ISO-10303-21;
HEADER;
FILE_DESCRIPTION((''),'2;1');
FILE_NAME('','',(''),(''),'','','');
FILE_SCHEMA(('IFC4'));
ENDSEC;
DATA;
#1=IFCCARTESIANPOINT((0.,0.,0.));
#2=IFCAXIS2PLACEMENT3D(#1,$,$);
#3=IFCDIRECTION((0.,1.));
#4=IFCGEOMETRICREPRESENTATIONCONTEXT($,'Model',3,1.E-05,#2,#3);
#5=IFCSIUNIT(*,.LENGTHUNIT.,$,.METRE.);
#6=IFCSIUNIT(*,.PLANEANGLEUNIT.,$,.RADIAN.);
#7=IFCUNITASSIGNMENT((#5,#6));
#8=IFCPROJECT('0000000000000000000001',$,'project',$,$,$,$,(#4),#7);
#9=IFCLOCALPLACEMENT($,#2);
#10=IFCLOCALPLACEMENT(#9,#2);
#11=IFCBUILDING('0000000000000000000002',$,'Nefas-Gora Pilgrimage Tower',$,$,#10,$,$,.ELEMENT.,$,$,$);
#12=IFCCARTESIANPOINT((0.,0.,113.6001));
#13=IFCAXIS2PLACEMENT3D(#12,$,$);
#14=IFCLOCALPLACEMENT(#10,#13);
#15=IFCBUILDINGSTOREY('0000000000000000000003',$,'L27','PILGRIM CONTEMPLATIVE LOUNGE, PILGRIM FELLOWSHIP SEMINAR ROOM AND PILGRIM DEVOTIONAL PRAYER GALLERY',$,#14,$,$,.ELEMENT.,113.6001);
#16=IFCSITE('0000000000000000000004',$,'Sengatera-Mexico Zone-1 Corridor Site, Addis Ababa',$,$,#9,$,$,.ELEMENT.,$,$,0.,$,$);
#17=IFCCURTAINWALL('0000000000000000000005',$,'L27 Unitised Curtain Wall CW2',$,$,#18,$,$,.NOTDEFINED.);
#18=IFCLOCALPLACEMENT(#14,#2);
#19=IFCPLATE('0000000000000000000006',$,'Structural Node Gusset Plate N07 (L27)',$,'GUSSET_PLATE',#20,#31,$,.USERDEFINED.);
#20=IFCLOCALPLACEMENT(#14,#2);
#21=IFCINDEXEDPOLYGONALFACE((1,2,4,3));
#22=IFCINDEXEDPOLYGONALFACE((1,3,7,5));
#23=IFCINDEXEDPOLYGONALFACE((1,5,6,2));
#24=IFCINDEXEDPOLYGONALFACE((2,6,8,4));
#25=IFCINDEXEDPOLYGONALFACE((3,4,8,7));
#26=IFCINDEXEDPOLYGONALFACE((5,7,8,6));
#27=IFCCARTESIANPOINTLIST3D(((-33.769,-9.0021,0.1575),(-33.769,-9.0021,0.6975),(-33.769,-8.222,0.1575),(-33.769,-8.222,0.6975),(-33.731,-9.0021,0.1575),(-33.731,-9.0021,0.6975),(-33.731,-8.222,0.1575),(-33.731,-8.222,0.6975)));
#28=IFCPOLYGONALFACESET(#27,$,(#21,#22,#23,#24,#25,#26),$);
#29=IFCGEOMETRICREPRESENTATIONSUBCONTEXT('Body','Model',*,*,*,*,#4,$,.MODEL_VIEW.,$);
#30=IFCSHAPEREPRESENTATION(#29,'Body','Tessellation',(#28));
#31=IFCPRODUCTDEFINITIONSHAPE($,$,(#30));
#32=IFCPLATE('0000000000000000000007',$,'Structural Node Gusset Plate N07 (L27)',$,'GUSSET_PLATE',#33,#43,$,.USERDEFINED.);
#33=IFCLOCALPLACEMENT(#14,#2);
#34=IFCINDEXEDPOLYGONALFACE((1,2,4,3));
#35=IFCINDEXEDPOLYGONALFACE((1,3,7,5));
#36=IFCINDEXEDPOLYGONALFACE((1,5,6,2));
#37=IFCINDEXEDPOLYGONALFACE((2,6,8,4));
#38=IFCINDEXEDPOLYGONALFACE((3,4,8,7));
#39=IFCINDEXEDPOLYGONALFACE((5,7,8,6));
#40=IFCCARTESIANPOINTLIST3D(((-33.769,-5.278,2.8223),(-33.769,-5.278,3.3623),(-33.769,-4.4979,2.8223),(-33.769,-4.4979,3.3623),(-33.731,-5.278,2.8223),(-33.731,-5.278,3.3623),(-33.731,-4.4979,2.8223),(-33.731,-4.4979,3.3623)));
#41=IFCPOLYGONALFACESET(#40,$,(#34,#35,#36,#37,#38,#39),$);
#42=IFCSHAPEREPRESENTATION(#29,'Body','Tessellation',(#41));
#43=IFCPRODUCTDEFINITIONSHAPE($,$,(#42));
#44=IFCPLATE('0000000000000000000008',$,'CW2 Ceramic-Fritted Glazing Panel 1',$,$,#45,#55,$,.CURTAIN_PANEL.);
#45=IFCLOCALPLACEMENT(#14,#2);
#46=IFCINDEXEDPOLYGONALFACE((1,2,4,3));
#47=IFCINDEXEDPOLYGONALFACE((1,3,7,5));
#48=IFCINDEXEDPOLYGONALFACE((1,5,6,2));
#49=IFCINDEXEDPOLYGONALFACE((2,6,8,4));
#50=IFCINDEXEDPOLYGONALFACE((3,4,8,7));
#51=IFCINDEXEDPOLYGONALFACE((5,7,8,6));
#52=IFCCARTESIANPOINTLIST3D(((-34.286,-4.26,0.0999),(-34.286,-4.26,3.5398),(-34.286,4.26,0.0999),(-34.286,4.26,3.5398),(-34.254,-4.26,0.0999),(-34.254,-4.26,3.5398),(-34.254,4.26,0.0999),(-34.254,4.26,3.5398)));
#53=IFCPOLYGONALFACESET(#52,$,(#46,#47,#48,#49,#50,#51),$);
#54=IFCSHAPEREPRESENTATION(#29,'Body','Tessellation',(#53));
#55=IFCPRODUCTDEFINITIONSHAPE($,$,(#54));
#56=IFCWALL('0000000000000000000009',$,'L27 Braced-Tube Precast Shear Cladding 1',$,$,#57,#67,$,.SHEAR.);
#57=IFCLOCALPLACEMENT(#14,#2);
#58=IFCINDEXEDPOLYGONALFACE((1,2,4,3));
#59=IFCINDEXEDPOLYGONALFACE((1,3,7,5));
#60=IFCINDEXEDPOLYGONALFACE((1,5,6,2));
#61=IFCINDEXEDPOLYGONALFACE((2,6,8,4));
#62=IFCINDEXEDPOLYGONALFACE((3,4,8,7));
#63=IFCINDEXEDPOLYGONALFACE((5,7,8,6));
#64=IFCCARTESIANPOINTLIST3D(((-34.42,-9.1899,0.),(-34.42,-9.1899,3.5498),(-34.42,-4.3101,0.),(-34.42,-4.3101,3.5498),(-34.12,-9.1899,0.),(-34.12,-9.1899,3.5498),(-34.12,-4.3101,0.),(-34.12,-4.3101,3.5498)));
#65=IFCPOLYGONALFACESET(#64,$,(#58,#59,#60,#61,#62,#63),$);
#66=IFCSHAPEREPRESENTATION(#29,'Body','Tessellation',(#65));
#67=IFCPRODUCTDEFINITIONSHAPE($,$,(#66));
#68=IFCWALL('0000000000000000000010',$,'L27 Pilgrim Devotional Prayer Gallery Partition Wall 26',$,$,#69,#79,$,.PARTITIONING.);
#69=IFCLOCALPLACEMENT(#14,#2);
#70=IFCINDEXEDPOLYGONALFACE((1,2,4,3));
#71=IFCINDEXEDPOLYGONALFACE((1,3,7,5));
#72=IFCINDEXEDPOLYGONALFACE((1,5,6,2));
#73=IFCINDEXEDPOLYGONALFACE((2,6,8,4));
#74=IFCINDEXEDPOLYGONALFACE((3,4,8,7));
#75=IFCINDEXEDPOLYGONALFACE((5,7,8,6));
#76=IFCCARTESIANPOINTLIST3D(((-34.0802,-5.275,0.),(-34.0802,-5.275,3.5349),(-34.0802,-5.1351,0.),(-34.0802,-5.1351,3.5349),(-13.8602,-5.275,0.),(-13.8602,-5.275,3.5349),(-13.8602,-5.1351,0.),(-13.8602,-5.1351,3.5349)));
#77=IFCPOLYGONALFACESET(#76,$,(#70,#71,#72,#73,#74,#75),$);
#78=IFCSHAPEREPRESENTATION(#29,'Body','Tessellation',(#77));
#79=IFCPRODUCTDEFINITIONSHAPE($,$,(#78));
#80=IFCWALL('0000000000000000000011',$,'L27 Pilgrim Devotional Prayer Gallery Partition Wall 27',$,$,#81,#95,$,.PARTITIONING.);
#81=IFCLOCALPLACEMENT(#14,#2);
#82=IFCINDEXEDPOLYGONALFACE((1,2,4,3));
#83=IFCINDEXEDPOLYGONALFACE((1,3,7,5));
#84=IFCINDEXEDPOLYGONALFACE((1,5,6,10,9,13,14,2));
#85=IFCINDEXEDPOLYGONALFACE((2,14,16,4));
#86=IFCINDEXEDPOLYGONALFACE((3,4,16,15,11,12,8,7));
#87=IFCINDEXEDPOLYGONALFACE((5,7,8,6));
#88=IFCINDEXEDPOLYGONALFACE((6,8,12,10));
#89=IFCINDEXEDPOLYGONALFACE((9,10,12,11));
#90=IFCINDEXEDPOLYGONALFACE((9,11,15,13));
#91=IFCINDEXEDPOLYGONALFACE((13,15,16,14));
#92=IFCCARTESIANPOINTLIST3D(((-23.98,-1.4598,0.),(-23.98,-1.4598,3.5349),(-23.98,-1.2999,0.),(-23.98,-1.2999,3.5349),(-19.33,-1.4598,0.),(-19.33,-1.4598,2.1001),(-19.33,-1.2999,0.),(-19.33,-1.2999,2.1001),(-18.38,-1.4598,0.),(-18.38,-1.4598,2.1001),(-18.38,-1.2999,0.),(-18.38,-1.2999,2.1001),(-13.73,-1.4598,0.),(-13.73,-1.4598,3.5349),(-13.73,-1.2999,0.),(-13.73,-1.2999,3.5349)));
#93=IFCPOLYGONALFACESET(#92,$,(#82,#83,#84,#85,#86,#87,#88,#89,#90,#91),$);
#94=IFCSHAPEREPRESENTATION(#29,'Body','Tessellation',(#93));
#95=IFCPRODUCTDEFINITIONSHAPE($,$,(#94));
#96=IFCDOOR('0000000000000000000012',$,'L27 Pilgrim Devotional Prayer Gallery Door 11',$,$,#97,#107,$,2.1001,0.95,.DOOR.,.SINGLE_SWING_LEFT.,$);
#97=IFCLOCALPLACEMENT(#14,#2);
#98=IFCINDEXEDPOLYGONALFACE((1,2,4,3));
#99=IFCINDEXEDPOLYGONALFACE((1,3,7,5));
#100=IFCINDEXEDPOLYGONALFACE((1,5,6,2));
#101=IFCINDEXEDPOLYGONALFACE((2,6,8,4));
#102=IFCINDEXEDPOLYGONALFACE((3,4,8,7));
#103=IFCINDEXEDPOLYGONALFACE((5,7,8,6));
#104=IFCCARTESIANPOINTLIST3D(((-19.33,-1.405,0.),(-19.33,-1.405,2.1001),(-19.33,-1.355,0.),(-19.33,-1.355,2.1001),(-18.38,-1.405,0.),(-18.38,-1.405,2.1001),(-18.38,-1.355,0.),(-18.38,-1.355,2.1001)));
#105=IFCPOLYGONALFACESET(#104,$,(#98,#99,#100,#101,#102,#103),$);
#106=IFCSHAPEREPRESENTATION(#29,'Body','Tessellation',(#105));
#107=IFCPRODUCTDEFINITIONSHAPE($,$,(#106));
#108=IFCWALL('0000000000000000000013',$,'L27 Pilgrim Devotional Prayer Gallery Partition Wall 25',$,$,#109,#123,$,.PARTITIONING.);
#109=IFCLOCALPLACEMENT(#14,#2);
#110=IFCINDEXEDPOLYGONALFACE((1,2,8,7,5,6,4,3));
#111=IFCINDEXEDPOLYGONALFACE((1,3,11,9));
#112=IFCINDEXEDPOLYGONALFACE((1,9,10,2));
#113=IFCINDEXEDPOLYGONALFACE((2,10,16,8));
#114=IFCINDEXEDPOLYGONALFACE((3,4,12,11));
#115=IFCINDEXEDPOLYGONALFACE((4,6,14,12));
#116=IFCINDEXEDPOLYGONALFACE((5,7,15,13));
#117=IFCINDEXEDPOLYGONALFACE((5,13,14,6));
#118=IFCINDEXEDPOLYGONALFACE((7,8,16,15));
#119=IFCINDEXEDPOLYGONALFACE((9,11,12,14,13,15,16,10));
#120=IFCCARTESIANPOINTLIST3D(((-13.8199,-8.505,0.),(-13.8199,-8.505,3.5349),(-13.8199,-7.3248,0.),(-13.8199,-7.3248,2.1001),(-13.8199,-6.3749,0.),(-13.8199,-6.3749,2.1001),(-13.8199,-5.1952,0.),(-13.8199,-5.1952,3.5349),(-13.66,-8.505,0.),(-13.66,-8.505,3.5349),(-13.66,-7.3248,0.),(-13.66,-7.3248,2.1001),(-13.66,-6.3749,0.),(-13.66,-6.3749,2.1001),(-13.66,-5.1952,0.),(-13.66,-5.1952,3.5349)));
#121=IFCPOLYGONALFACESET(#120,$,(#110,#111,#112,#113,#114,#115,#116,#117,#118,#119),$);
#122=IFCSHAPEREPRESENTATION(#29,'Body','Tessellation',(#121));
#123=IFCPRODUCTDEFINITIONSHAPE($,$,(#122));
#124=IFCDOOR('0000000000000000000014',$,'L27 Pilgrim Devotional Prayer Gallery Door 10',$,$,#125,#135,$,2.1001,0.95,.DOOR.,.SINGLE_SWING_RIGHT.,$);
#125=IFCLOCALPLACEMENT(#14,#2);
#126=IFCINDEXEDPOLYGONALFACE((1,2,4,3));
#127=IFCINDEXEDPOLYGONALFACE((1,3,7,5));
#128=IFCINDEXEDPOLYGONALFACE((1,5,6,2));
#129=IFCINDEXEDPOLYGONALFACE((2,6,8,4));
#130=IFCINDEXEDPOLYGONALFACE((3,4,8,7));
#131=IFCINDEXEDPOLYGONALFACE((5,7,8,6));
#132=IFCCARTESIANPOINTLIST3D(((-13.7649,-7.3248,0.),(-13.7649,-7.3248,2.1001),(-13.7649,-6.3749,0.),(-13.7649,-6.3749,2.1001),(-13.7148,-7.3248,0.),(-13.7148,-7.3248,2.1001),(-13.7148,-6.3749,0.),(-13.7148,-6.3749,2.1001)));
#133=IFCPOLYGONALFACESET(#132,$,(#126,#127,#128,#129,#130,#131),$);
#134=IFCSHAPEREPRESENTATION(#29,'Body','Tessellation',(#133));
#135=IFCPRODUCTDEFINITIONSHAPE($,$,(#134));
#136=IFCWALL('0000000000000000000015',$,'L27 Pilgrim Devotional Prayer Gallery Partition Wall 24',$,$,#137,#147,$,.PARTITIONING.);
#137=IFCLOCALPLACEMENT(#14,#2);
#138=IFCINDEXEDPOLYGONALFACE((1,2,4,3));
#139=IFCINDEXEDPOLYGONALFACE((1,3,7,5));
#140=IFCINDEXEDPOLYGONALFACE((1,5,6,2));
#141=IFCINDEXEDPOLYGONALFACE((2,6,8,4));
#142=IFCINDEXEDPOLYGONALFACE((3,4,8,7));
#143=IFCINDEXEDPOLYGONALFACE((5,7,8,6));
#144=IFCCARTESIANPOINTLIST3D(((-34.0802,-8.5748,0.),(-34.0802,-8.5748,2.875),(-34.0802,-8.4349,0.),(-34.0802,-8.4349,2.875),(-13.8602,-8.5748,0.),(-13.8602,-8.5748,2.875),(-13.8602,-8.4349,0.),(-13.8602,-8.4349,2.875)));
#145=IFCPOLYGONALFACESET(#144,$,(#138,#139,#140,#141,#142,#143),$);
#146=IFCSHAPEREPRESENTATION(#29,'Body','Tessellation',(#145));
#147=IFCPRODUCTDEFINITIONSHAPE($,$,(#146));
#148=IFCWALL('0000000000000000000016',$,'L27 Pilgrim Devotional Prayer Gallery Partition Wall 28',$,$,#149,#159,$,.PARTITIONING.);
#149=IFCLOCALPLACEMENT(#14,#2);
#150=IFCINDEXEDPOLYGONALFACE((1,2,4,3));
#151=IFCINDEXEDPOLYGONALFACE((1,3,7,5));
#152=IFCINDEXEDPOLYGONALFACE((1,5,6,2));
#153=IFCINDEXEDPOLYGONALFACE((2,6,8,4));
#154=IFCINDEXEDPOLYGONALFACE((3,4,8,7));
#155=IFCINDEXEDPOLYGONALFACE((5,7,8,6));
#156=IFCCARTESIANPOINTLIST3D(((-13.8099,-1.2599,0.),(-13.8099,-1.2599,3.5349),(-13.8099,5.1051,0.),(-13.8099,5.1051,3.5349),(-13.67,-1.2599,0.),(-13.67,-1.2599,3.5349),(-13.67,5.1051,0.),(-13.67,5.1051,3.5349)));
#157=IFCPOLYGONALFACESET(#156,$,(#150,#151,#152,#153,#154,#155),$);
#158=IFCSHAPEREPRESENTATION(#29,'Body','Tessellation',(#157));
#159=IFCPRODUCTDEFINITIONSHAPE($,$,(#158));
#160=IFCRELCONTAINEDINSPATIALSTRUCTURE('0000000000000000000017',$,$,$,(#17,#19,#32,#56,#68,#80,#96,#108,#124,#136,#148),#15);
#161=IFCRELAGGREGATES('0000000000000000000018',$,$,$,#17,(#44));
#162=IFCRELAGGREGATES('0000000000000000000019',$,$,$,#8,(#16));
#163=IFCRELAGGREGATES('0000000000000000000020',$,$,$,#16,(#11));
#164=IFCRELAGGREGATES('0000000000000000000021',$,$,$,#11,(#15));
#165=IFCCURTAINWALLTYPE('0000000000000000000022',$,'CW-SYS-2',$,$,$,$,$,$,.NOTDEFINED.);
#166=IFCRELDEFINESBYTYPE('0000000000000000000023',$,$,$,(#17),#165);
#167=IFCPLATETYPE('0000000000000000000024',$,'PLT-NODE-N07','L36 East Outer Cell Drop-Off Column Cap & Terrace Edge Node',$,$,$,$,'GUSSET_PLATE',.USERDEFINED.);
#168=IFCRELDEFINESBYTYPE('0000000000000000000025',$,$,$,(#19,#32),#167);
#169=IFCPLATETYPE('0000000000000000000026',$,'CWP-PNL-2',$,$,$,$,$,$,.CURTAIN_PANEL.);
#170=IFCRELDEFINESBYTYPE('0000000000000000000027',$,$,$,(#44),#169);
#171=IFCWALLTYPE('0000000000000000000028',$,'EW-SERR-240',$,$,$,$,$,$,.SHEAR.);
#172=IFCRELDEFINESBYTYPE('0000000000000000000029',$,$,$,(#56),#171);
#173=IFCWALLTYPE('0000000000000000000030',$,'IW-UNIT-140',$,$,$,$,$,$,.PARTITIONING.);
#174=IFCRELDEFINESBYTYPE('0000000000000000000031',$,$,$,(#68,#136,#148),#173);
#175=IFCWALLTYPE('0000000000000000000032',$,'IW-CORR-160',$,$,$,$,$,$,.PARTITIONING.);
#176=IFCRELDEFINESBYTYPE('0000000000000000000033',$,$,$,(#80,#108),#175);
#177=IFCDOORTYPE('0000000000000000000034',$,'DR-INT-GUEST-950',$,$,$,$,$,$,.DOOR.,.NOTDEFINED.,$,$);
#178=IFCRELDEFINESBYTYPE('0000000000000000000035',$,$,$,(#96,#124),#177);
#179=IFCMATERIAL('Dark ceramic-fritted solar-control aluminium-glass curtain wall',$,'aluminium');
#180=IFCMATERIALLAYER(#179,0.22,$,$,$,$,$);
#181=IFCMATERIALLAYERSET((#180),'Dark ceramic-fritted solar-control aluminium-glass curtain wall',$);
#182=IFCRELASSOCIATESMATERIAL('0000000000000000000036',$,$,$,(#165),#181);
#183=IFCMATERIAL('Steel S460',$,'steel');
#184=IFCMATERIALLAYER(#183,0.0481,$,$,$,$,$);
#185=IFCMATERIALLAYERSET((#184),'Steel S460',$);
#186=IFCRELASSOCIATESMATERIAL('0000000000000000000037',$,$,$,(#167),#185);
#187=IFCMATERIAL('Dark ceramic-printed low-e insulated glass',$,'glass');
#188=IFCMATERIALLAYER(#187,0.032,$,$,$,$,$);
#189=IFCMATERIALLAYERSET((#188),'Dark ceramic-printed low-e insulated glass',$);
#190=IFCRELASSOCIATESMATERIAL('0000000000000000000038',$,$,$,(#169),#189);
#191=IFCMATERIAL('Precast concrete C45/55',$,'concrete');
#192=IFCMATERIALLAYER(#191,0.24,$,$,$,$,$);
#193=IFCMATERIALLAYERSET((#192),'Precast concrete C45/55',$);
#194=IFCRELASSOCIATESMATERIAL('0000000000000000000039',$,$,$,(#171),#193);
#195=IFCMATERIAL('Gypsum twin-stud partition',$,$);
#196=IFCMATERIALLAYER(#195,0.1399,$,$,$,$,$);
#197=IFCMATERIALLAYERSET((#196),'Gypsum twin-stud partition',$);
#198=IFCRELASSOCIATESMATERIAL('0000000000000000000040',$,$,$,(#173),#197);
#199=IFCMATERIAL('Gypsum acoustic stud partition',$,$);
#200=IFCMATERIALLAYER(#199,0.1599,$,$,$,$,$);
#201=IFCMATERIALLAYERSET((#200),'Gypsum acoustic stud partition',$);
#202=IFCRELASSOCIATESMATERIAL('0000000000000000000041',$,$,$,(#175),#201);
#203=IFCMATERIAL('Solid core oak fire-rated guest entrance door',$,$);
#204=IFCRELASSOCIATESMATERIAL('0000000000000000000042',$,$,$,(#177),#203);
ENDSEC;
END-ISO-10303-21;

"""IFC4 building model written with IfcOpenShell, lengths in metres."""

from ifc_helpers import new_model, si_unit, direction, frame, frame_2d, origin, origin_2d, place, context, subcontext, project, spatial, rectangle, extrude, source, transform, mapped, material, layer, layer_set, type_object, element, fill, aggregate, save


model = new_model("IFC4")

# Units and contexts
model_context = context("Model", 3, precision=1e-05, world=origin(), true_north=direction((0.0, 1.0)))
body_context = subcontext(model_context, "Body", "Model", "MODEL_VIEW")
ifc_project = project(units=[si_unit("LENGTHUNIT", "METRE"), si_unit("PLANEANGLEUNIT", "RADIAN")], contexts=[model_context])

# Site, building, storey
site_placement = place(None, origin())
site = spatial("IfcSite", under=ifc_project, at=site_placement, Name="Sengatera-Mexico Zone-1 Corridor Site, Addis Ababa", CompositionType="ELEMENT", RefElevation=0.0)
building_placement = place(site_placement, origin())
building = spatial("IfcBuilding", under=site, at=building_placement, Name="Nefas-Gora Pilgrimage Tower", CompositionType="ELEMENT")
storey_placement = place(building_placement, frame((0.0, 0.0, 113.6001)))
storey = spatial("IfcBuildingStorey", under=building, at=storey_placement, Name="L27", Description="PILGRIM CONTEMPLATIVE LOUNGE, PILGRIM FELLOWSHIP SEMINAR ROOM AND PILGRIM DEVOTIONAL PRAYER GALLERY", CompositionType="ELEMENT", Elevation=113.6001)

# Shared definitions
ifc_material_1 = material(Name="Steel S460", Category="steel")

# Curtain wall
ifc_material_2 = material(Name="Dark ceramic-fritted solar-control aluminium-glass curtain wall", Category="aluminium")
ifc_layer_1 = layer(ifc_material_2, 0.22)
ifc_layer_set_1 = layer_set([ifc_layer_1], Name="Dark ceramic-fritted solar-control aluminium-glass curtain wall")
curtain_wall_type = type_object("IfcCurtainWallType", Name="CW-SYS-2", PredefinedType="NOTDEFINED", material=ifc_layer_set_1)
curtain_wall_placement = place(storey_placement, origin())
curtain_wall = element("IfcCurtainWall", 1, at=curtain_wall_placement, inside=storey, type_object=curtain_wall_type, Name="L27 Unitised Curtain Wall CW2", PredefinedType="NOTDEFINED")

# Plates
ifc_layer_2 = layer(ifc_material_1, 0.0481)
ifc_layer_set_2 = layer_set([ifc_layer_2], Name="Steel S460")
plate_type_1 = type_object("IfcPlateType", Name="PLT-NODE-N07", Description="L36 East Outer Cell Drop-Off Column Cap & Terrace Edge Node", ElementType="GUSSET_PLATE", PredefinedType="USERDEFINED", material=ifc_layer_set_2)
shared_shape_1 = source(origin(), body_context, "Body", "SweptSolid", [
    extrude(rectangle(XDim=0.78, YDim=0.0381, at=origin_2d()), origin(), (0.0, 0.0, 1.0), 0.54),
])
for number, where, z_axis, x_axis, name in (
    (2, (-33.75, -8.6121, 0.1575), (0.0, 0.0, 1.0), (0.0, 1.0, 0.0), "Structural Node Gusset Plate N07 (L27)"),
    (3, (-33.75, -4.8879, 2.8223), (0.0, 0.0, 1.0), (0.0, 1.0, 0.0), "Structural Node Gusset Plate N07 (L27)"),
):
    element("IfcPlate", number, at=place(storey_placement, frame(where, z_axis=z_axis, x_axis=x_axis)), inside=storey, type_object=plate_type_1, Name=name, ObjectType="GUSSET_PLATE", PredefinedType="USERDEFINED", context=body_context, shape_type="MappedRepresentation", body=[
        mapped(shared_shape_1, transform((0.0, 0.0, 0.0), x_axis=(1.0, 0.0, 0.0), y_axis=(0.0, 1.0, 0.0), z_axis=(0.0, 0.0, 1.0), scale=1.0)),
    ])

# Plate
ifc_material_3 = material(Name="Dark ceramic-printed low-e insulated glass", Category="glass")
ifc_layer_3 = layer(ifc_material_3, 0.032)
ifc_layer_set_3 = layer_set([ifc_layer_3], Name="Dark ceramic-printed low-e insulated glass")
plate_type_2 = type_object("IfcPlateType", Name="CWP-PNL-2", PredefinedType="CURTAIN_PANEL", material=ifc_layer_set_3)
shared_shape_2 = source(origin(), body_context, "Body", "SweptSolid", [
    extrude(rectangle(XDim=8.52, YDim=0.032, at=origin_2d()), origin(), (0.0, 0.0, 1.0), 3.4399),
])
plate_placement = place(storey_placement, frame((-34.27, 0.0, 0.0999), z_axis=(0.0, 0.0, 1.0), x_axis=(0.0, -1.0, 0.0)))
plate = element("IfcPlate", 4, at=plate_placement, type_object=plate_type_2, Name="CW2 Ceramic-Fritted Glazing Panel 1", PredefinedType="CURTAIN_PANEL", context=body_context, shape_type="MappedRepresentation", body=[
    mapped(shared_shape_2, transform((0.0, 0.0, 0.0), x_axis=(1.0, 0.0, 0.0), y_axis=(0.0, 1.0, 0.0), z_axis=(0.0, 0.0, 1.0), scale=1.0)),
])
aggregate(curtain_wall, [plate])

# Walls
ifc_material_4 = material(Name="Precast concrete C45/55", Category="concrete")
ifc_layer_4 = layer(ifc_material_4, 0.24)
ifc_layer_set_4 = layer_set([ifc_layer_4], Name="Precast concrete C45/55")
wall_type_1 = type_object("IfcWallType", Name="EW-SERR-240", PredefinedType="SHEAR", material=ifc_layer_set_4)
shared_shape_3 = source(origin(), body_context, "Body", "SweptSolid", [
    extrude(rectangle(XDim=4.8799, YDim=0.3, at=frame_2d((2.4399, 0.0))), origin(), (0.0, 0.0, 1.0), 3.5498),
])
wall_1_placement = place(storey_placement, frame((-34.27, -9.1899, 0.0), z_axis=(0.0, 0.0, 1.0), x_axis=(0.0, 1.0, 0.0)))
element("IfcWall", 5, at=wall_1_placement, inside=storey, type_object=wall_type_1, Name="L27 Braced-Tube Precast Shear Cladding 1", PredefinedType="SHEAR", context=body_context, shape_type="MappedRepresentation", body=[
    mapped(shared_shape_3, transform((0.0, 0.0, 0.0), x_axis=(1.0, 0.0, 0.0), y_axis=(0.0, 1.0, 0.0), z_axis=(0.0, 0.0, 1.0), scale=1.0)),
])
ifc_material_5 = material(Name="Gypsum twin-stud partition")
ifc_layer_5 = layer(ifc_material_5, 0.1399)
ifc_layer_set_5 = layer_set([ifc_layer_5], Name="Gypsum twin-stud partition")
wall_type_2 = type_object("IfcWallType", Name="IW-UNIT-140", PredefinedType="PARTITIONING", material=ifc_layer_set_5)
shared_shape_4 = source(origin(), body_context, "Body", "SweptSolid", [
    extrude(rectangle(XDim=20.22, YDim=0.1399, at=frame_2d((10.1099, 0.0))), origin(), (0.0, 0.0, 1.0), 3.5349),
])
wall_2_placement = place(storey_placement, frame((-34.0801, -5.2051, 0.0), z_axis=(0.0, 0.0, 1.0), x_axis=(1.0, 0.0, 0.0)))
element("IfcWall", 6, at=wall_2_placement, inside=storey, type_object=wall_type_2, Name="L27 Pilgrim Devotional Prayer Gallery Partition Wall 26", PredefinedType="PARTITIONING", context=body_context, shape_type="MappedRepresentation", body=[
    mapped(shared_shape_4, transform((0.0, 0.0, 0.0), x_axis=(1.0, 0.0, 0.0), y_axis=(0.0, 1.0, 0.0), z_axis=(0.0, 0.0, 1.0), scale=1.0)),
])

# Walls, openings, doors
ifc_material_6 = material(Name="Gypsum acoustic stud partition")
ifc_layer_6 = layer(ifc_material_6, 0.1599)
ifc_layer_set_6 = layer_set([ifc_layer_6], Name="Gypsum acoustic stud partition")
wall_type_3 = type_object("IfcWallType", Name="IW-CORR-160", PredefinedType="PARTITIONING", material=ifc_layer_set_6)
shared_shape_5 = source(origin(), body_context, "Body", "SweptSolid", [
    extrude(rectangle(XDim=10.25, YDim=0.1599, at=frame_2d((5.125, 0.0))), origin(), (0.0, 0.0, 1.0), 3.5349),
])
wall_3_placement = place(storey_placement, frame((-23.98, -1.3799, 0.0), z_axis=(0.0, 0.0, 1.0), x_axis=(1.0, 0.0, 0.0)))
wall_3 = element("IfcWall", 7, at=wall_3_placement, inside=storey, type_object=wall_type_3, Name="L27 Pilgrim Devotional Prayer Gallery Partition Wall 27", PredefinedType="PARTITIONING", context=body_context, shape_type="MappedRepresentation", body=[
    mapped(shared_shape_5, transform((0.0, 0.0, 0.0), x_axis=(1.0, 0.0, 0.0), y_axis=(0.0, 1.0, 0.0), z_axis=(0.0, 0.0, 1.0), scale=1.0)),
])
opening_1_placement = place(wall_3_placement, frame((4.6499, 0.0, 0.0)))
opening_1 = element("IfcOpeningElement", 8, at=opening_1_placement, cuts=wall_3, PredefinedType="OPENING", context=body_context, shape_type="SweptSolid", body=[
    extrude(rectangle(XDim=0.95, YDim=2.1001, at=frame_2d((0.4751, 1.05))), frame((0.0, 0.0898, 0.0), z_axis=(0.0, -1.0, 0.0), x_axis=(1.0, 0.0, 0.0)), (0.0, 0.0, 1.0), 0.1799),
])
ifc_material_7 = material(Name="Solid core oak fire-rated guest entrance door")
door_type = type_object("IfcDoorType", Name="DR-INT-GUEST-950", OperationType="NOTDEFINED", PredefinedType="DOOR", material=ifc_material_7)
shared_shape_6 = source(origin(), body_context, "Body", "SweptSolid", [
    extrude(rectangle(XDim=0.95, YDim=2.1001, at=frame_2d((0.4751, 1.05))), frame((0.0, 0.0249, 0.0), z_axis=(0.0, -1.0, 0.0), x_axis=(1.0, 0.0, 0.0)), (0.0, 0.0, 1.0), 0.05),
])
door_1_placement = place(opening_1_placement, origin())
door_1 = element("IfcDoor", 9, at=door_1_placement, inside=storey, type_object=door_type, Name="L27 Pilgrim Devotional Prayer Gallery Door 11", OperationType="SINGLE_SWING_LEFT", OverallHeight=2.1001, OverallWidth=0.95, PredefinedType="DOOR", context=body_context, shape_type="MappedRepresentation", body=[
    mapped(shared_shape_6, transform((0.0, 0.0, 0.0), x_axis=(1.0, 0.0, 0.0), y_axis=(0.0, 1.0, 0.0), z_axis=(0.0, 0.0, 1.0), scale=1.0)),
])
fill(opening_1, door_1)
shared_shape_7 = source(origin(), body_context, "Body", "SweptSolid", [
    extrude(rectangle(XDim=3.3098, YDim=0.1599, at=frame_2d((1.6548, 0.0))), origin(), (0.0, 0.0, 1.0), 3.5349),
])
wall_4_placement = place(storey_placement, frame((-13.74, -8.5049, 0.0), z_axis=(0.0, 0.0, 1.0), x_axis=(0.0, 1.0, 0.0)))
wall_4 = element("IfcWall", 10, at=wall_4_placement, inside=storey, type_object=wall_type_3, Name="L27 Pilgrim Devotional Prayer Gallery Partition Wall 25", PredefinedType="PARTITIONING", context=body_context, shape_type="MappedRepresentation", body=[
    mapped(shared_shape_7, transform((0.0, 0.0, 0.0), x_axis=(1.0, 0.0, 0.0), y_axis=(0.0, 1.0, 0.0), z_axis=(0.0, 0.0, 1.0), scale=1.0)),
])
opening_2_placement = place(wall_4_placement, frame((1.1799, 0.0, 0.0)))
opening_2 = element("IfcOpeningElement", 11, at=opening_2_placement, cuts=wall_4, PredefinedType="OPENING", context=body_context, shape_type="SweptSolid", body=[
    extrude(rectangle(XDim=0.95, YDim=2.1001, at=frame_2d((0.4751, 1.05))), frame((0.0, 0.0898, 0.0), z_axis=(0.0, -1.0, 0.0), x_axis=(1.0, 0.0, 0.0)), (0.0, 0.0, 1.0), 0.1799),
])
door_2_placement = place(opening_2_placement, origin())
door_2 = element("IfcDoor", 12, at=door_2_placement, inside=storey, type_object=door_type, Name="L27 Pilgrim Devotional Prayer Gallery Door 10", OperationType="SINGLE_SWING_RIGHT", OverallHeight=2.1001, OverallWidth=0.95, PredefinedType="DOOR", context=body_context, shape_type="MappedRepresentation", body=[
    mapped(shared_shape_6, transform((0.0, 0.0, 0.0), x_axis=(1.0, 0.0, 0.0), y_axis=(0.0, 1.0, 0.0), z_axis=(0.0, 0.0, 1.0), scale=1.0)),
])
fill(opening_2, door_2)

# Walls
shared_shape_8 = source(origin(), body_context, "Body", "SweptSolid", [
    extrude(rectangle(XDim=20.22, YDim=0.1399, at=frame_2d((10.1099, 0.0))), origin(), (0.0, 0.0, 1.0), 2.875),
])
wall_5_placement = place(storey_placement, frame((-34.0801, -8.5049, 0.0), z_axis=(0.0, 0.0, 1.0), x_axis=(1.0, 0.0, 0.0)))
element("IfcWall", 13, at=wall_5_placement, inside=storey, type_object=wall_type_2, Name="L27 Pilgrim Devotional Prayer Gallery Partition Wall 24", PredefinedType="PARTITIONING", context=body_context, shape_type="MappedRepresentation", body=[
    mapped(shared_shape_8, transform((0.0, 0.0, 0.0), x_axis=(1.0, 0.0, 0.0), y_axis=(0.0, 1.0, 0.0), z_axis=(0.0, 0.0, 1.0), scale=1.0)),
])
shared_shape_9 = source(origin(), body_context, "Body", "SweptSolid", [
    extrude(rectangle(XDim=6.365, YDim=0.1399, at=frame_2d((3.1826, 0.0))), origin(), (0.0, 0.0, 1.0), 3.5349),
])
wall_6_placement = place(storey_placement, frame((-13.74, -1.26, 0.0), z_axis=(0.0, 0.0, 1.0), x_axis=(0.0, 1.0, 0.0)))
element("IfcWall", 14, at=wall_6_placement, inside=storey, type_object=wall_type_2, Name="L27 Pilgrim Devotional Prayer Gallery Partition Wall 28", PredefinedType="PARTITIONING", context=body_context, shape_type="MappedRepresentation", body=[
    mapped(shared_shape_9, transform((0.0, 0.0, 0.0), x_axis=(1.0, 0.0, 0.0), y_axis=(0.0, 1.0, 0.0), z_axis=(0.0, 0.0, 1.0), scale=1.0)),
])

save(model, "model.ifc")
